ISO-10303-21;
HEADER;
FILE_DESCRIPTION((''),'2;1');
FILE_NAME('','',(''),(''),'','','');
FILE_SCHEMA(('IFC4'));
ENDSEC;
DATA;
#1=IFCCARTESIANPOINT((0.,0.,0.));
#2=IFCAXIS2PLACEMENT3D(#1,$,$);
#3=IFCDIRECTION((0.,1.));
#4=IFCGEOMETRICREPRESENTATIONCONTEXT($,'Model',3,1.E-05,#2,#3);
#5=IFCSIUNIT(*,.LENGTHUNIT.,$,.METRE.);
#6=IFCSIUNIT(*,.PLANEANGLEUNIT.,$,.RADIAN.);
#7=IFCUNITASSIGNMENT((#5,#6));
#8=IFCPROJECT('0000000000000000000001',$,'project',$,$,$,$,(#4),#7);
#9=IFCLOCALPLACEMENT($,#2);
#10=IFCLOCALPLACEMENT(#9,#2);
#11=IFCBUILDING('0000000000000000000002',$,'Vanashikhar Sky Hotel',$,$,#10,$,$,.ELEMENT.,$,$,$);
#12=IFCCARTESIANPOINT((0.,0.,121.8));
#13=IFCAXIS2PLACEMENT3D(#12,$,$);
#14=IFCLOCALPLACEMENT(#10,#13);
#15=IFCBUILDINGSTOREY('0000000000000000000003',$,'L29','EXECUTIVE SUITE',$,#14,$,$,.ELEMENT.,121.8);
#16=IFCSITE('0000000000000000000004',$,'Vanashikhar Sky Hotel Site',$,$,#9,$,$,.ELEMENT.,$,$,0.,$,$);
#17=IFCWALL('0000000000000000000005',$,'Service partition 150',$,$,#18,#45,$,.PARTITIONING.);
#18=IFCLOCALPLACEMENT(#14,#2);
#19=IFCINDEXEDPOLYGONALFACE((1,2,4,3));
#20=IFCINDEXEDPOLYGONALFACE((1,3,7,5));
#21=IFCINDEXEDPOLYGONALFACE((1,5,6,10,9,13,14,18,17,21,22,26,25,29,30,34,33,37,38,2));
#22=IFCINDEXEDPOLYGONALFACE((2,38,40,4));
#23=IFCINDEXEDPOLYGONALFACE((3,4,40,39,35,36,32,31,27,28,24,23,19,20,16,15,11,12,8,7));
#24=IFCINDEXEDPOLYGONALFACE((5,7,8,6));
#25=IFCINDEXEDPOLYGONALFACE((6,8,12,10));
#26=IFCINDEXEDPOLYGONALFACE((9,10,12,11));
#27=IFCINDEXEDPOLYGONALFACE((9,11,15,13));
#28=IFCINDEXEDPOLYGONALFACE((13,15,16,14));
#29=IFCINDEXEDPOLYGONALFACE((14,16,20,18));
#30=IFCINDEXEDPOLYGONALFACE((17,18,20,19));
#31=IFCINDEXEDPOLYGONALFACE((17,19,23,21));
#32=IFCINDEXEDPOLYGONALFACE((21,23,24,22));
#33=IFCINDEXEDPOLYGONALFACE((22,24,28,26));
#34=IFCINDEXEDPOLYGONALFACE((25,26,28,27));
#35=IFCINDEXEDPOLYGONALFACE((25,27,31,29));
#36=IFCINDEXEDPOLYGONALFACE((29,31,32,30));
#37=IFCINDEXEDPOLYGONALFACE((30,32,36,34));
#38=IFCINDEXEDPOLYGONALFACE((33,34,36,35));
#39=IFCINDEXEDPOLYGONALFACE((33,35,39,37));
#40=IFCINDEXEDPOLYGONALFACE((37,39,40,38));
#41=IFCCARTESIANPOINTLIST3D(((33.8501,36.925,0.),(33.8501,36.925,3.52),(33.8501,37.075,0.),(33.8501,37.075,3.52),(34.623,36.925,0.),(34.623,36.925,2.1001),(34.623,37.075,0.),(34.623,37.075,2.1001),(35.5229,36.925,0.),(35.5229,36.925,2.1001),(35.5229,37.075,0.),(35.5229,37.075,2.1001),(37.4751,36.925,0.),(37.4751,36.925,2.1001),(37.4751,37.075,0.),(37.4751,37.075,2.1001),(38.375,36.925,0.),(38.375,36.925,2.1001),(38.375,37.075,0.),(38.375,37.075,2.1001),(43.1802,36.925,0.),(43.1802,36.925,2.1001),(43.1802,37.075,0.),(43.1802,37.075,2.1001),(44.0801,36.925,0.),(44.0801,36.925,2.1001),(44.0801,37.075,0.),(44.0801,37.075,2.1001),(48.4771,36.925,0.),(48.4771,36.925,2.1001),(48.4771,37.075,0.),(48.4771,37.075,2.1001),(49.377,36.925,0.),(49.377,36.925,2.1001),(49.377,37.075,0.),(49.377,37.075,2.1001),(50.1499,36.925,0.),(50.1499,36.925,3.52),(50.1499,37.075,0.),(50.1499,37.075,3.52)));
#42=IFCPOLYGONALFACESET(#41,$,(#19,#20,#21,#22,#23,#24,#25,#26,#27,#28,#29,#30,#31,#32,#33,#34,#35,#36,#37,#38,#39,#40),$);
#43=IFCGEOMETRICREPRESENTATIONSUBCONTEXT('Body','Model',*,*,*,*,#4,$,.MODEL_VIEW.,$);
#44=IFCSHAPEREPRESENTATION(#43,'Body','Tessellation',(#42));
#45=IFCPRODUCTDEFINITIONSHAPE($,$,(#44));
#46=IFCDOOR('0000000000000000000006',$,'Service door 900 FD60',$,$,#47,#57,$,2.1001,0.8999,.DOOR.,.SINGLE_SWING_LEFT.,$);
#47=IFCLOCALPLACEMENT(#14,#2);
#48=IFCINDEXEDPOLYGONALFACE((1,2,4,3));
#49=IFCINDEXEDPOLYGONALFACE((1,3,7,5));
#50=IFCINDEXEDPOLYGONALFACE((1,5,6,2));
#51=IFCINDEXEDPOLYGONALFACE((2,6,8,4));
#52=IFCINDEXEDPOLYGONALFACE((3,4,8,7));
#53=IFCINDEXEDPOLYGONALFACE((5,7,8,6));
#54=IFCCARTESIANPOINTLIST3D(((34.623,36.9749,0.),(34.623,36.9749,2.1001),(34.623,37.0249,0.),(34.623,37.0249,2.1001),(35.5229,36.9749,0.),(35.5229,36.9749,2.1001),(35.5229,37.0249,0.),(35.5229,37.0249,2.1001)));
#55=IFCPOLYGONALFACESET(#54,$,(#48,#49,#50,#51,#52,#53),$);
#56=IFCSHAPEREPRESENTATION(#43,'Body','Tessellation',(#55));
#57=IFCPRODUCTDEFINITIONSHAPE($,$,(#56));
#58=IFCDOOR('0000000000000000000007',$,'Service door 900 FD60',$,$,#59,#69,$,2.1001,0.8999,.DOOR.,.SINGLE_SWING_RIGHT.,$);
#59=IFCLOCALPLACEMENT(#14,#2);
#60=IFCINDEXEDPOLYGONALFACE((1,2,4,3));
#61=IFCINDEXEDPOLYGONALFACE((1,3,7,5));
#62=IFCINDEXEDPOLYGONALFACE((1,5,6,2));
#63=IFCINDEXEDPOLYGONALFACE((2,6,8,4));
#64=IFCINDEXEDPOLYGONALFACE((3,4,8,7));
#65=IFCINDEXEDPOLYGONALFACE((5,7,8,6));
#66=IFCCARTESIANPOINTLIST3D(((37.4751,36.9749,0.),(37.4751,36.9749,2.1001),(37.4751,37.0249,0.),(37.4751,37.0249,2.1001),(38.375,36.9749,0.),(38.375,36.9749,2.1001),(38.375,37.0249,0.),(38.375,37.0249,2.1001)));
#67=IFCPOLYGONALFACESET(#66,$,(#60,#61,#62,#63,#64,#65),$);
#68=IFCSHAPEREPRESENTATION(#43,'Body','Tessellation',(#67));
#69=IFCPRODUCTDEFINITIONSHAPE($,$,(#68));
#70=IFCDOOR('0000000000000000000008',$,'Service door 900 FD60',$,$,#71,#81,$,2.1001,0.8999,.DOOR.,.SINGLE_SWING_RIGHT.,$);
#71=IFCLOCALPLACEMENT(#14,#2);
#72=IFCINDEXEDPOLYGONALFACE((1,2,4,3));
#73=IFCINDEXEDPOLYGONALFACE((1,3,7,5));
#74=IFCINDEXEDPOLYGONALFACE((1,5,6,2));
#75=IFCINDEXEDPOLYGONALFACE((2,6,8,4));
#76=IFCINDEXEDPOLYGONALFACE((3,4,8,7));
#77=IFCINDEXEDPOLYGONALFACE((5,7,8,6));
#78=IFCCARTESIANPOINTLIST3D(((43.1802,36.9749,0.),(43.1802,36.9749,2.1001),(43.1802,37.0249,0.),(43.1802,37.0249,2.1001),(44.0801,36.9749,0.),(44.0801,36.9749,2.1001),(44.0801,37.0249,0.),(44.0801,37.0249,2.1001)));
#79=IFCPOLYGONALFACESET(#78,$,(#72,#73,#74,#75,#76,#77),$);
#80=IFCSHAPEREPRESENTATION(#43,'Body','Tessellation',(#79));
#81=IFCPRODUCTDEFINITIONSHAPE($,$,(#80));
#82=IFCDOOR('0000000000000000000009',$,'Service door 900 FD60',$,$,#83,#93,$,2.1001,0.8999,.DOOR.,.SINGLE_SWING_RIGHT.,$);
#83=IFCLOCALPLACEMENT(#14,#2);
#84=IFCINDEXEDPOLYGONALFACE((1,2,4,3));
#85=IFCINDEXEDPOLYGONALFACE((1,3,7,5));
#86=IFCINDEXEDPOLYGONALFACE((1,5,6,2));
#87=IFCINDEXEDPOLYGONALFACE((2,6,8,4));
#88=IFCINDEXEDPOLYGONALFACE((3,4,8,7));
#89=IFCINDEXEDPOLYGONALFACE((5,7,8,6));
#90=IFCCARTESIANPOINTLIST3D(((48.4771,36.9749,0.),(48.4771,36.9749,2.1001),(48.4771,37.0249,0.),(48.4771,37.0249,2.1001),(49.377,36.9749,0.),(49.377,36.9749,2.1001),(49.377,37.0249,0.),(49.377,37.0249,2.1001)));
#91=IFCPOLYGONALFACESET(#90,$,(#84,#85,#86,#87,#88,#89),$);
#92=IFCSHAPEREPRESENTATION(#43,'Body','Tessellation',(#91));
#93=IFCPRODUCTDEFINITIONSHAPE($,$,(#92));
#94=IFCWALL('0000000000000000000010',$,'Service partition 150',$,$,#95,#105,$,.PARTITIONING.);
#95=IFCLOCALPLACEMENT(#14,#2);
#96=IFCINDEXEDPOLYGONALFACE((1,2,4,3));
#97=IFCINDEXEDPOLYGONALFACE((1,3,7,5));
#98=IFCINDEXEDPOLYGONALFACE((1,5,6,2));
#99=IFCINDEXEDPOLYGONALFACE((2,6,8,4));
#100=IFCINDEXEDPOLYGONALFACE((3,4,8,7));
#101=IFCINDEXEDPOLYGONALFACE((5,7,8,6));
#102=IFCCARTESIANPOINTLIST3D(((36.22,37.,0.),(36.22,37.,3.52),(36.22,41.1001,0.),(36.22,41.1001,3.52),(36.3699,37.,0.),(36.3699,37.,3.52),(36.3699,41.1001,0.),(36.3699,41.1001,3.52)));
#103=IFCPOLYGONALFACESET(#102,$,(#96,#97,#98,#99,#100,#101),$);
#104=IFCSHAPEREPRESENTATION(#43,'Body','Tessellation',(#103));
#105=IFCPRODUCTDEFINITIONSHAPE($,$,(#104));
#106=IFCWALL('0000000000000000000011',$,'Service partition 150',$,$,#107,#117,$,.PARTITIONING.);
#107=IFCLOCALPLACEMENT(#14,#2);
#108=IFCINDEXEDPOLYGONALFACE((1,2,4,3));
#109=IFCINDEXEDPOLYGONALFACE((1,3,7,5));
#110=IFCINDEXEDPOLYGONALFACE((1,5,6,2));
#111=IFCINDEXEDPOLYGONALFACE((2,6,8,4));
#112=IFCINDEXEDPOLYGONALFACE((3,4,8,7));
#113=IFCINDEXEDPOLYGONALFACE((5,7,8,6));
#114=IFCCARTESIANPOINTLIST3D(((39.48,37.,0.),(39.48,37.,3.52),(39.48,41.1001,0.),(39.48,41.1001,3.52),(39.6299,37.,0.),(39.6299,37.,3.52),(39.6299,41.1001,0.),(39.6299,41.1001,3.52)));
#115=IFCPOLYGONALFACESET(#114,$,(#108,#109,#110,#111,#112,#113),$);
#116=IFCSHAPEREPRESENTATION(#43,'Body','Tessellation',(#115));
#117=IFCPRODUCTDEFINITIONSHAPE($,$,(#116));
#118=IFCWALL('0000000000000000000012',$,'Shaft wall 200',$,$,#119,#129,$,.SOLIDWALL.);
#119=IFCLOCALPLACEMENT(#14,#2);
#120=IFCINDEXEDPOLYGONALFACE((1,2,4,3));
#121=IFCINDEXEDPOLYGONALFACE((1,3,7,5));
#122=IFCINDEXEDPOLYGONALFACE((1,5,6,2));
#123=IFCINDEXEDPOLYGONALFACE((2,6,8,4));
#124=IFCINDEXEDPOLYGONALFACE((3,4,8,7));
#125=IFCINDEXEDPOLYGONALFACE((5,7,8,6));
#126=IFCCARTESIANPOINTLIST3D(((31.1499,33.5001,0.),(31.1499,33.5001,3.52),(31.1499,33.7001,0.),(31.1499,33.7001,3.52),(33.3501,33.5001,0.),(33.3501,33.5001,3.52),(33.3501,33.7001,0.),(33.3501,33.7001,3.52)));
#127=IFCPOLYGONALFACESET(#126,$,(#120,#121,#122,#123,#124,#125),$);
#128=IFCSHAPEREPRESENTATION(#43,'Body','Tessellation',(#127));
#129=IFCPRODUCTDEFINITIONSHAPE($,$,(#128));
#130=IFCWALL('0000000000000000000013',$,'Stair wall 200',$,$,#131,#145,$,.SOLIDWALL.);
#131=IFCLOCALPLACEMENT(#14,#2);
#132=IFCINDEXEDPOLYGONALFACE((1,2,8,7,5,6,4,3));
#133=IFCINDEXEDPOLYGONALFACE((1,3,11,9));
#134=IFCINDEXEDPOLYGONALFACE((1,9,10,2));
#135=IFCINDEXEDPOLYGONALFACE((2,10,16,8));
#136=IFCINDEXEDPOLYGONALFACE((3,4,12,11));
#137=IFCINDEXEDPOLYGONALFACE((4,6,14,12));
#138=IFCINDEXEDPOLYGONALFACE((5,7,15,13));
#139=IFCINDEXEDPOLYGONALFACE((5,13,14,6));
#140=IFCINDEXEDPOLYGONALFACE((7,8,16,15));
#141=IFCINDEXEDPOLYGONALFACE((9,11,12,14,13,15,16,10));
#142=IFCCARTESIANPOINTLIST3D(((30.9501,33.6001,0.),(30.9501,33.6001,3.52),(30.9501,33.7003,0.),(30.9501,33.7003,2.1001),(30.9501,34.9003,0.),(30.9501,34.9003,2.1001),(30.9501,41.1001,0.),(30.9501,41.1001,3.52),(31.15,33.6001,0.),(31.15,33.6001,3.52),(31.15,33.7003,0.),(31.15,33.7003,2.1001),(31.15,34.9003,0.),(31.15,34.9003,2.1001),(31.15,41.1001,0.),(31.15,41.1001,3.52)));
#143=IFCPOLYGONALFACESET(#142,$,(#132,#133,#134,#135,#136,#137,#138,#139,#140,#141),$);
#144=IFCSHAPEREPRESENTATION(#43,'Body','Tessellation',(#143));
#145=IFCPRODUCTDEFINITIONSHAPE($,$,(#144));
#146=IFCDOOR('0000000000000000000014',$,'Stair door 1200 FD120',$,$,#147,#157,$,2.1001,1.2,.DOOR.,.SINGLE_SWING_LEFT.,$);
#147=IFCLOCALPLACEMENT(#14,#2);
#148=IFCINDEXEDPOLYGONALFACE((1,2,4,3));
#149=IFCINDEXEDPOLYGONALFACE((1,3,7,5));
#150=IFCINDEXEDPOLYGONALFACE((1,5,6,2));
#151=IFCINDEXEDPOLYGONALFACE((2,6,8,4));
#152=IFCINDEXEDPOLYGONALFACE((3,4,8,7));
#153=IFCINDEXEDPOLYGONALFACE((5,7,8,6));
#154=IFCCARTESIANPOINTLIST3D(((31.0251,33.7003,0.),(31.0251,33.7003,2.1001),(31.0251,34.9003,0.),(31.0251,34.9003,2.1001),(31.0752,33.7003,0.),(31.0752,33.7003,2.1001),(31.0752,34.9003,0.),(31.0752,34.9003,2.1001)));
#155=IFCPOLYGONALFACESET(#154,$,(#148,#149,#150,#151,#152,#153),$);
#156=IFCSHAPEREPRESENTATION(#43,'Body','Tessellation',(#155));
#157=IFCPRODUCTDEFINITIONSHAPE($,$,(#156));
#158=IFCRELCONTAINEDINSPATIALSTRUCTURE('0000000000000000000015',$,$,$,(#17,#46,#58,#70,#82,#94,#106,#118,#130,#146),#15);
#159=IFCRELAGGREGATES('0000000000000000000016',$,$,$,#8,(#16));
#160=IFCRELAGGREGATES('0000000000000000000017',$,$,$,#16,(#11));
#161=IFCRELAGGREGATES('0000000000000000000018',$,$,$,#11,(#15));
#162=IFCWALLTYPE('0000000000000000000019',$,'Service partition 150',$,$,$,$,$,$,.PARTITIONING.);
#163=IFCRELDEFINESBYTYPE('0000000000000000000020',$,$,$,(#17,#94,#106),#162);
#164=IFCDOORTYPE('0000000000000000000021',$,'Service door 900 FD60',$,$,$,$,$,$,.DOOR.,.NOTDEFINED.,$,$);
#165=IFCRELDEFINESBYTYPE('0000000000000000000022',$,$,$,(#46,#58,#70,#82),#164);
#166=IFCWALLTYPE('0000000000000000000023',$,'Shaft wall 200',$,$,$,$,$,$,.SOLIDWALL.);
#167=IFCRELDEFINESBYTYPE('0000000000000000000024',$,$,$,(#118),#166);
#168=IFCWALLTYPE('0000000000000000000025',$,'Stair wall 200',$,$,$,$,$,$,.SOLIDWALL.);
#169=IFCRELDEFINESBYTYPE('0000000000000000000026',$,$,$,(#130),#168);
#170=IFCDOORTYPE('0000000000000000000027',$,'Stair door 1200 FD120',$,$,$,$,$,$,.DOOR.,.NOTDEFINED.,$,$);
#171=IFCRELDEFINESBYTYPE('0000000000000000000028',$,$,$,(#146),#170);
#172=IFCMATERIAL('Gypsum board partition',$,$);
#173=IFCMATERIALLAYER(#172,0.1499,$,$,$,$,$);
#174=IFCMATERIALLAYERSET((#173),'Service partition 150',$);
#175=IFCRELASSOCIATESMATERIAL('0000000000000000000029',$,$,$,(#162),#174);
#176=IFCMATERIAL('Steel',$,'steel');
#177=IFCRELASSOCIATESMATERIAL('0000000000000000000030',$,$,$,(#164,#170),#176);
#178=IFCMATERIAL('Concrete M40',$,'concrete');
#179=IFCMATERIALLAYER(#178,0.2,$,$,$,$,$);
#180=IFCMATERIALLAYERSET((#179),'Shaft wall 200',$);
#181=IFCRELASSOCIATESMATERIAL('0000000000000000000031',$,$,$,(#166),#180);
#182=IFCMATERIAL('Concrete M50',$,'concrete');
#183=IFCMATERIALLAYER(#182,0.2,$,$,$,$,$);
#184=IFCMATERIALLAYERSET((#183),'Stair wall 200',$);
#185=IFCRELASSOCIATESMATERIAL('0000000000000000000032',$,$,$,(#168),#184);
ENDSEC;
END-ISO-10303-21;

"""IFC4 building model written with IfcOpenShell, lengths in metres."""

from ifc_helpers import new_model, si_unit, direction, frame, frame_2d, origin, place, context, subcontext, project, spatial, rectangle, extrude, source, transform, mapped, material, layer, layer_set, type_object, element, fill, save


model = new_model("IFC4")

# Units and contexts
model_context = context("Model", 3, precision=1e-05, world=origin(), true_north=direction((0.0, 1.0)))
body_context = subcontext(model_context, "Body", "Model", "MODEL_VIEW")
ifc_project = project(units=[si_unit("LENGTHUNIT", "METRE"), si_unit("PLANEANGLEUNIT", "RADIAN")], contexts=[model_context])

# Site, building, storey
site_placement = place(None, origin())
site = spatial("IfcSite", under=ifc_project, at=site_placement, Name="Vanashikhar Sky Hotel Site", CompositionType="ELEMENT", RefElevation=0.0)
building_placement = place(site_placement, origin())
building = spatial("IfcBuilding", under=site, at=building_placement, Name="Vanashikhar Sky Hotel", CompositionType="ELEMENT")
storey_placement = place(building_placement, frame((0.0, 0.0, 121.8)))
storey = spatial("IfcBuildingStorey", under=building, at=storey_placement, Name="L29", Description="EXECUTIVE SUITE", CompositionType="ELEMENT", Elevation=121.8)

# Shared definitions
ifc_material_1 = material(Name="Concrete M50", Category="concrete")

# Shared definitions
ifc_material_2 = material(Name="Gypsum board partition")
ifc_layer_1 = layer(ifc_material_2, 0.1499)
ifc_layer_set_1 = layer_set([ifc_layer_1], Name="Service partition 150")
wall_type_1 = type_object("IfcWallType", Name="Service partition 150", PredefinedType="PARTITIONING", material=ifc_layer_set_1)
shared_shape_1 = source(origin(), body_context, "Body", "SweptSolid", [
    extrude(rectangle(XDim=0.8999, YDim=2.1001, at=frame_2d((0.45, 1.05))), frame((0.0, 0.085, 0.0), z_axis=(0.0, -1.0, 0.0), x_axis=(1.0, 0.0, 0.0)), (0.0, 0.0, 1.0), 0.1699),
])
ifc_material_3 = material(Name="Steel", Category="steel")
door_type_1 = type_object("IfcDoorType", Name="Service door 900 FD60", OperationType="NOTDEFINED", PredefinedType="DOOR", material=ifc_material_3)
shared_shape_2 = source(origin(), body_context, "Body", "SweptSolid", [
    extrude(rectangle(XDim=0.8999, YDim=2.1001, at=frame_2d((0.45, 1.05))), frame((0.0, 0.0249, 0.0), z_axis=(0.0, -1.0, 0.0), x_axis=(1.0, 0.0, 0.0)), (0.0, 0.0, 1.0), 0.05),
])

# Wall, openings, doors
shared_shape_3 = source(origin(), body_context, "Body", "SweptSolid", [
    extrude(rectangle(XDim=16.2998, YDim=0.1499, at=frame_2d((8.1499, 0.0))), origin(), (0.0, 0.0, 1.0), 3.52),
])
wall_1_placement = place(storey_placement, frame((33.8501, 37.0, 0.0), z_axis=(0.0, 0.0, 1.0), x_axis=(1.0, 0.0, 0.0)))
wall_1 = element("IfcWall", 1, at=wall_1_placement, inside=storey, type_object=wall_type_1, Name="Service partition 150", PredefinedType="PARTITIONING", context=body_context, shape_type="MappedRepresentation", body=[
    mapped(shared_shape_3, transform((0.0, 0.0, 0.0), scale=1.0)),
])
opening_1_placement = place(wall_1_placement, frame((0.7729, 0.0, 0.0)))
opening_1 = element("IfcOpeningElement", 2, at=opening_1_placement, cuts=wall_1, PredefinedType="OPENING", context=body_context, shape_type="MappedRepresentation", body=[
    mapped(shared_shape_1, transform((0.0, 0.0, 0.0), scale=1.0)),
])
opening_2_placement = place(wall_1_placement, frame((3.625, 0.0, 0.0)))
opening_2 = element("IfcOpeningElement", 3, at=opening_2_placement, cuts=wall_1, PredefinedType="OPENING", context=body_context, shape_type="MappedRepresentation", body=[
    mapped(shared_shape_1, transform((0.0, 0.0, 0.0), scale=1.0)),
])
opening_3_placement = place(wall_1_placement, frame((9.3301, 0.0, 0.0)))
opening_3 = element("IfcOpeningElement", 4, at=opening_3_placement, cuts=wall_1, PredefinedType="OPENING", context=body_context, shape_type="MappedRepresentation", body=[
    mapped(shared_shape_1, transform((0.0, 0.0, 0.0), scale=1.0)),
])
opening_4_placement = place(wall_1_placement, frame((14.627, 0.0, 0.0)))
opening_4 = element("IfcOpeningElement", 5, at=opening_4_placement, cuts=wall_1, PredefinedType="OPENING", context=body_context, shape_type="MappedRepresentation", body=[
    mapped(shared_shape_1, transform((0.0, 0.0, 0.0), scale=1.0)),
])
door_1_placement = place(opening_1_placement, origin())
door_1 = element("IfcDoor", 6, at=door_1_placement, inside=storey, type_object=door_type_1, Name="Service door 900 FD60", OperationType="SINGLE_SWING_LEFT", OverallHeight=2.1001, OverallWidth=0.8999, PredefinedType="DOOR", context=body_context, shape_type="MappedRepresentation", body=[
    mapped(shared_shape_2, transform((0.0, 0.0, 0.0), scale=1.0)),
])
fill(opening_1, door_1)
door_2_placement = place(opening_2_placement, origin())
door_2 = element("IfcDoor", 7, at=door_2_placement, inside=storey, type_object=door_type_1, Name="Service door 900 FD60", OperationType="SINGLE_SWING_RIGHT", OverallHeight=2.1001, OverallWidth=0.8999, PredefinedType="DOOR", context=body_context, shape_type="MappedRepresentation", body=[
    mapped(shared_shape_2, transform((0.0, 0.0, 0.0), scale=1.0)),
])
fill(opening_2, door_2)
door_3_placement = place(opening_3_placement, origin())
door_3 = element("IfcDoor", 8, at=door_3_placement, inside=storey, type_object=door_type_1, Name="Service door 900 FD60", OperationType="SINGLE_SWING_RIGHT", OverallHeight=2.1001, OverallWidth=0.8999, PredefinedType="DOOR", context=body_context, shape_type="MappedRepresentation", body=[
    mapped(shared_shape_2, transform((0.0, 0.0, 0.0), scale=1.0)),
])
fill(opening_3, door_3)
door_4_placement = place(opening_4_placement, origin())
door_4 = element("IfcDoor", 9, at=door_4_placement, inside=storey, type_object=door_type_1, Name="Service door 900 FD60", OperationType="SINGLE_SWING_RIGHT", OverallHeight=2.1001, OverallWidth=0.8999, PredefinedType="DOOR", context=body_context, shape_type="MappedRepresentation", body=[
    mapped(shared_shape_2, transform((0.0, 0.0, 0.0), scale=1.0)),
])
fill(opening_4, door_4)

# Walls
shared_shape_4 = source(origin(), body_context, "Body", "SweptSolid", [
    extrude(rectangle(XDim=4.1001, YDim=0.1499, at=frame_2d((2.05, 0.0))), origin(), (0.0, 0.0, 1.0), 3.52),
])
for number, where, z_axis, x_axis, name in (
    (10, (36.2949, 37.0, 0.0), (0.0, 0.0, 1.0), (0.0, 1.0, 0.0), "Service partition 150"),
    (11, (39.5549, 37.0, 0.0), (0.0, 0.0, 1.0), (0.0, 1.0, 0.0), "Service partition 150"),
):
    element("IfcWall", number, at=place(storey_placement, frame(where, z_axis=z_axis, x_axis=x_axis)), inside=storey, type_object=wall_type_1, Name=name, PredefinedType="PARTITIONING", context=body_context, shape_type="MappedRepresentation", body=[
        mapped(shared_shape_4, transform((0.0, 0.0, 0.0), scale=1.0)),
    ])
ifc_material_4 = material(Name="Concrete M40", Category="concrete")
ifc_layer_2 = layer(ifc_material_4, 0.2)
ifc_layer_set_2 = layer_set([ifc_layer_2], Name="Shaft wall 200")
wall_type_2 = type_object("IfcWallType", Name="Shaft wall 200", PredefinedType="SOLIDWALL", material=ifc_layer_set_2)
shared_shape_5 = source(origin(), body_context, "Body", "SweptSolid", [
    extrude(rectangle(XDim=2.2002, YDim=0.2, at=frame_2d((1.1001, 0.0))), origin(), (0.0, 0.0, 1.0), 3.52),
])
wall_2_placement = place(storey_placement, frame((31.1499, 33.6001, 0.0), z_axis=(0.0, 0.0, 1.0), x_axis=(1.0, 0.0, 0.0)))
element("IfcWall", 12, at=wall_2_placement, inside=storey, type_object=wall_type_2, Name="Shaft wall 200", PredefinedType="SOLIDWALL", context=body_context, shape_type="MappedRepresentation", body=[
    mapped(shared_shape_5, transform((0.0, 0.0, 0.0), scale=1.0)),
])

# Wall, opening, door
ifc_layer_3 = layer(ifc_material_1, 0.2)
ifc_layer_set_3 = layer_set([ifc_layer_3], Name="Stair wall 200")
wall_type_3 = type_object("IfcWallType", Name="Stair wall 200", PredefinedType="SOLIDWALL", material=ifc_layer_set_3)
shared_shape_6 = source(origin(), body_context, "Body", "SweptSolid", [
    extrude(rectangle(XDim=7.5, YDim=0.2, at=frame_2d((3.75, 0.0))), origin(), (0.0, 0.0, 1.0), 3.52),
])
wall_3_placement = place(storey_placement, frame((31.05, 33.6001, 0.0), z_axis=(0.0, 0.0, 1.0), x_axis=(0.0, 1.0, 0.0)))
wall_3 = element("IfcWall", 13, at=wall_3_placement, inside=storey, type_object=wall_type_3, Name="Stair wall 200", PredefinedType="SOLIDWALL", context=body_context, shape_type="MappedRepresentation", body=[
    mapped(shared_shape_6, transform((0.0, 0.0, 0.0), scale=1.0)),
])
shared_shape_7 = source(origin(), body_context, "Body", "SweptSolid", [
    extrude(rectangle(XDim=1.2, YDim=2.1001, at=frame_2d((0.6001, 1.05))), frame((0.0, 0.1099, 0.0), z_axis=(0.0, -1.0, 0.0), x_axis=(1.0, 0.0, 0.0)), (0.0, 0.0, 1.0), 0.22),
])
opening_5_placement = place(wall_3_placement, frame((0.1001, 0.0, 0.0)))
opening_5 = element("IfcOpeningElement", 14, at=opening_5_placement, cuts=wall_3, PredefinedType="OPENING", context=body_context, shape_type="MappedRepresentation", body=[
    mapped(shared_shape_7, transform((0.0, 0.0, 0.0), scale=1.0)),
])
door_type_2 = type_object("IfcDoorType", Name="Stair door 1200 FD120", OperationType="NOTDEFINED", PredefinedType="DOOR", material=ifc_material_3)
shared_shape_8 = source(origin(), body_context, "Body", "SweptSolid", [
    extrude(rectangle(XDim=1.2, YDim=2.1001, at=frame_2d((0.6001, 1.05))), frame((0.0, 0.0249, 0.0), z_axis=(0.0, -1.0, 0.0), x_axis=(1.0, 0.0, 0.0)), (0.0, 0.0, 1.0), 0.05),
])
door_5_placement = place(opening_5_placement, origin())
door_5 = element("IfcDoor", 15, at=door_5_placement, inside=storey, type_object=door_type_2, Name="Stair door 1200 FD120", OperationType="SINGLE_SWING_LEFT", OverallHeight=2.1001, OverallWidth=1.2, PredefinedType="DOOR", context=body_context, shape_type="MappedRepresentation", body=[
    mapped(shared_shape_8, transform((0.0, 0.0, 0.0), scale=1.0)),
])
fill(opening_5, door_5)

save(model, "model.ifc")
